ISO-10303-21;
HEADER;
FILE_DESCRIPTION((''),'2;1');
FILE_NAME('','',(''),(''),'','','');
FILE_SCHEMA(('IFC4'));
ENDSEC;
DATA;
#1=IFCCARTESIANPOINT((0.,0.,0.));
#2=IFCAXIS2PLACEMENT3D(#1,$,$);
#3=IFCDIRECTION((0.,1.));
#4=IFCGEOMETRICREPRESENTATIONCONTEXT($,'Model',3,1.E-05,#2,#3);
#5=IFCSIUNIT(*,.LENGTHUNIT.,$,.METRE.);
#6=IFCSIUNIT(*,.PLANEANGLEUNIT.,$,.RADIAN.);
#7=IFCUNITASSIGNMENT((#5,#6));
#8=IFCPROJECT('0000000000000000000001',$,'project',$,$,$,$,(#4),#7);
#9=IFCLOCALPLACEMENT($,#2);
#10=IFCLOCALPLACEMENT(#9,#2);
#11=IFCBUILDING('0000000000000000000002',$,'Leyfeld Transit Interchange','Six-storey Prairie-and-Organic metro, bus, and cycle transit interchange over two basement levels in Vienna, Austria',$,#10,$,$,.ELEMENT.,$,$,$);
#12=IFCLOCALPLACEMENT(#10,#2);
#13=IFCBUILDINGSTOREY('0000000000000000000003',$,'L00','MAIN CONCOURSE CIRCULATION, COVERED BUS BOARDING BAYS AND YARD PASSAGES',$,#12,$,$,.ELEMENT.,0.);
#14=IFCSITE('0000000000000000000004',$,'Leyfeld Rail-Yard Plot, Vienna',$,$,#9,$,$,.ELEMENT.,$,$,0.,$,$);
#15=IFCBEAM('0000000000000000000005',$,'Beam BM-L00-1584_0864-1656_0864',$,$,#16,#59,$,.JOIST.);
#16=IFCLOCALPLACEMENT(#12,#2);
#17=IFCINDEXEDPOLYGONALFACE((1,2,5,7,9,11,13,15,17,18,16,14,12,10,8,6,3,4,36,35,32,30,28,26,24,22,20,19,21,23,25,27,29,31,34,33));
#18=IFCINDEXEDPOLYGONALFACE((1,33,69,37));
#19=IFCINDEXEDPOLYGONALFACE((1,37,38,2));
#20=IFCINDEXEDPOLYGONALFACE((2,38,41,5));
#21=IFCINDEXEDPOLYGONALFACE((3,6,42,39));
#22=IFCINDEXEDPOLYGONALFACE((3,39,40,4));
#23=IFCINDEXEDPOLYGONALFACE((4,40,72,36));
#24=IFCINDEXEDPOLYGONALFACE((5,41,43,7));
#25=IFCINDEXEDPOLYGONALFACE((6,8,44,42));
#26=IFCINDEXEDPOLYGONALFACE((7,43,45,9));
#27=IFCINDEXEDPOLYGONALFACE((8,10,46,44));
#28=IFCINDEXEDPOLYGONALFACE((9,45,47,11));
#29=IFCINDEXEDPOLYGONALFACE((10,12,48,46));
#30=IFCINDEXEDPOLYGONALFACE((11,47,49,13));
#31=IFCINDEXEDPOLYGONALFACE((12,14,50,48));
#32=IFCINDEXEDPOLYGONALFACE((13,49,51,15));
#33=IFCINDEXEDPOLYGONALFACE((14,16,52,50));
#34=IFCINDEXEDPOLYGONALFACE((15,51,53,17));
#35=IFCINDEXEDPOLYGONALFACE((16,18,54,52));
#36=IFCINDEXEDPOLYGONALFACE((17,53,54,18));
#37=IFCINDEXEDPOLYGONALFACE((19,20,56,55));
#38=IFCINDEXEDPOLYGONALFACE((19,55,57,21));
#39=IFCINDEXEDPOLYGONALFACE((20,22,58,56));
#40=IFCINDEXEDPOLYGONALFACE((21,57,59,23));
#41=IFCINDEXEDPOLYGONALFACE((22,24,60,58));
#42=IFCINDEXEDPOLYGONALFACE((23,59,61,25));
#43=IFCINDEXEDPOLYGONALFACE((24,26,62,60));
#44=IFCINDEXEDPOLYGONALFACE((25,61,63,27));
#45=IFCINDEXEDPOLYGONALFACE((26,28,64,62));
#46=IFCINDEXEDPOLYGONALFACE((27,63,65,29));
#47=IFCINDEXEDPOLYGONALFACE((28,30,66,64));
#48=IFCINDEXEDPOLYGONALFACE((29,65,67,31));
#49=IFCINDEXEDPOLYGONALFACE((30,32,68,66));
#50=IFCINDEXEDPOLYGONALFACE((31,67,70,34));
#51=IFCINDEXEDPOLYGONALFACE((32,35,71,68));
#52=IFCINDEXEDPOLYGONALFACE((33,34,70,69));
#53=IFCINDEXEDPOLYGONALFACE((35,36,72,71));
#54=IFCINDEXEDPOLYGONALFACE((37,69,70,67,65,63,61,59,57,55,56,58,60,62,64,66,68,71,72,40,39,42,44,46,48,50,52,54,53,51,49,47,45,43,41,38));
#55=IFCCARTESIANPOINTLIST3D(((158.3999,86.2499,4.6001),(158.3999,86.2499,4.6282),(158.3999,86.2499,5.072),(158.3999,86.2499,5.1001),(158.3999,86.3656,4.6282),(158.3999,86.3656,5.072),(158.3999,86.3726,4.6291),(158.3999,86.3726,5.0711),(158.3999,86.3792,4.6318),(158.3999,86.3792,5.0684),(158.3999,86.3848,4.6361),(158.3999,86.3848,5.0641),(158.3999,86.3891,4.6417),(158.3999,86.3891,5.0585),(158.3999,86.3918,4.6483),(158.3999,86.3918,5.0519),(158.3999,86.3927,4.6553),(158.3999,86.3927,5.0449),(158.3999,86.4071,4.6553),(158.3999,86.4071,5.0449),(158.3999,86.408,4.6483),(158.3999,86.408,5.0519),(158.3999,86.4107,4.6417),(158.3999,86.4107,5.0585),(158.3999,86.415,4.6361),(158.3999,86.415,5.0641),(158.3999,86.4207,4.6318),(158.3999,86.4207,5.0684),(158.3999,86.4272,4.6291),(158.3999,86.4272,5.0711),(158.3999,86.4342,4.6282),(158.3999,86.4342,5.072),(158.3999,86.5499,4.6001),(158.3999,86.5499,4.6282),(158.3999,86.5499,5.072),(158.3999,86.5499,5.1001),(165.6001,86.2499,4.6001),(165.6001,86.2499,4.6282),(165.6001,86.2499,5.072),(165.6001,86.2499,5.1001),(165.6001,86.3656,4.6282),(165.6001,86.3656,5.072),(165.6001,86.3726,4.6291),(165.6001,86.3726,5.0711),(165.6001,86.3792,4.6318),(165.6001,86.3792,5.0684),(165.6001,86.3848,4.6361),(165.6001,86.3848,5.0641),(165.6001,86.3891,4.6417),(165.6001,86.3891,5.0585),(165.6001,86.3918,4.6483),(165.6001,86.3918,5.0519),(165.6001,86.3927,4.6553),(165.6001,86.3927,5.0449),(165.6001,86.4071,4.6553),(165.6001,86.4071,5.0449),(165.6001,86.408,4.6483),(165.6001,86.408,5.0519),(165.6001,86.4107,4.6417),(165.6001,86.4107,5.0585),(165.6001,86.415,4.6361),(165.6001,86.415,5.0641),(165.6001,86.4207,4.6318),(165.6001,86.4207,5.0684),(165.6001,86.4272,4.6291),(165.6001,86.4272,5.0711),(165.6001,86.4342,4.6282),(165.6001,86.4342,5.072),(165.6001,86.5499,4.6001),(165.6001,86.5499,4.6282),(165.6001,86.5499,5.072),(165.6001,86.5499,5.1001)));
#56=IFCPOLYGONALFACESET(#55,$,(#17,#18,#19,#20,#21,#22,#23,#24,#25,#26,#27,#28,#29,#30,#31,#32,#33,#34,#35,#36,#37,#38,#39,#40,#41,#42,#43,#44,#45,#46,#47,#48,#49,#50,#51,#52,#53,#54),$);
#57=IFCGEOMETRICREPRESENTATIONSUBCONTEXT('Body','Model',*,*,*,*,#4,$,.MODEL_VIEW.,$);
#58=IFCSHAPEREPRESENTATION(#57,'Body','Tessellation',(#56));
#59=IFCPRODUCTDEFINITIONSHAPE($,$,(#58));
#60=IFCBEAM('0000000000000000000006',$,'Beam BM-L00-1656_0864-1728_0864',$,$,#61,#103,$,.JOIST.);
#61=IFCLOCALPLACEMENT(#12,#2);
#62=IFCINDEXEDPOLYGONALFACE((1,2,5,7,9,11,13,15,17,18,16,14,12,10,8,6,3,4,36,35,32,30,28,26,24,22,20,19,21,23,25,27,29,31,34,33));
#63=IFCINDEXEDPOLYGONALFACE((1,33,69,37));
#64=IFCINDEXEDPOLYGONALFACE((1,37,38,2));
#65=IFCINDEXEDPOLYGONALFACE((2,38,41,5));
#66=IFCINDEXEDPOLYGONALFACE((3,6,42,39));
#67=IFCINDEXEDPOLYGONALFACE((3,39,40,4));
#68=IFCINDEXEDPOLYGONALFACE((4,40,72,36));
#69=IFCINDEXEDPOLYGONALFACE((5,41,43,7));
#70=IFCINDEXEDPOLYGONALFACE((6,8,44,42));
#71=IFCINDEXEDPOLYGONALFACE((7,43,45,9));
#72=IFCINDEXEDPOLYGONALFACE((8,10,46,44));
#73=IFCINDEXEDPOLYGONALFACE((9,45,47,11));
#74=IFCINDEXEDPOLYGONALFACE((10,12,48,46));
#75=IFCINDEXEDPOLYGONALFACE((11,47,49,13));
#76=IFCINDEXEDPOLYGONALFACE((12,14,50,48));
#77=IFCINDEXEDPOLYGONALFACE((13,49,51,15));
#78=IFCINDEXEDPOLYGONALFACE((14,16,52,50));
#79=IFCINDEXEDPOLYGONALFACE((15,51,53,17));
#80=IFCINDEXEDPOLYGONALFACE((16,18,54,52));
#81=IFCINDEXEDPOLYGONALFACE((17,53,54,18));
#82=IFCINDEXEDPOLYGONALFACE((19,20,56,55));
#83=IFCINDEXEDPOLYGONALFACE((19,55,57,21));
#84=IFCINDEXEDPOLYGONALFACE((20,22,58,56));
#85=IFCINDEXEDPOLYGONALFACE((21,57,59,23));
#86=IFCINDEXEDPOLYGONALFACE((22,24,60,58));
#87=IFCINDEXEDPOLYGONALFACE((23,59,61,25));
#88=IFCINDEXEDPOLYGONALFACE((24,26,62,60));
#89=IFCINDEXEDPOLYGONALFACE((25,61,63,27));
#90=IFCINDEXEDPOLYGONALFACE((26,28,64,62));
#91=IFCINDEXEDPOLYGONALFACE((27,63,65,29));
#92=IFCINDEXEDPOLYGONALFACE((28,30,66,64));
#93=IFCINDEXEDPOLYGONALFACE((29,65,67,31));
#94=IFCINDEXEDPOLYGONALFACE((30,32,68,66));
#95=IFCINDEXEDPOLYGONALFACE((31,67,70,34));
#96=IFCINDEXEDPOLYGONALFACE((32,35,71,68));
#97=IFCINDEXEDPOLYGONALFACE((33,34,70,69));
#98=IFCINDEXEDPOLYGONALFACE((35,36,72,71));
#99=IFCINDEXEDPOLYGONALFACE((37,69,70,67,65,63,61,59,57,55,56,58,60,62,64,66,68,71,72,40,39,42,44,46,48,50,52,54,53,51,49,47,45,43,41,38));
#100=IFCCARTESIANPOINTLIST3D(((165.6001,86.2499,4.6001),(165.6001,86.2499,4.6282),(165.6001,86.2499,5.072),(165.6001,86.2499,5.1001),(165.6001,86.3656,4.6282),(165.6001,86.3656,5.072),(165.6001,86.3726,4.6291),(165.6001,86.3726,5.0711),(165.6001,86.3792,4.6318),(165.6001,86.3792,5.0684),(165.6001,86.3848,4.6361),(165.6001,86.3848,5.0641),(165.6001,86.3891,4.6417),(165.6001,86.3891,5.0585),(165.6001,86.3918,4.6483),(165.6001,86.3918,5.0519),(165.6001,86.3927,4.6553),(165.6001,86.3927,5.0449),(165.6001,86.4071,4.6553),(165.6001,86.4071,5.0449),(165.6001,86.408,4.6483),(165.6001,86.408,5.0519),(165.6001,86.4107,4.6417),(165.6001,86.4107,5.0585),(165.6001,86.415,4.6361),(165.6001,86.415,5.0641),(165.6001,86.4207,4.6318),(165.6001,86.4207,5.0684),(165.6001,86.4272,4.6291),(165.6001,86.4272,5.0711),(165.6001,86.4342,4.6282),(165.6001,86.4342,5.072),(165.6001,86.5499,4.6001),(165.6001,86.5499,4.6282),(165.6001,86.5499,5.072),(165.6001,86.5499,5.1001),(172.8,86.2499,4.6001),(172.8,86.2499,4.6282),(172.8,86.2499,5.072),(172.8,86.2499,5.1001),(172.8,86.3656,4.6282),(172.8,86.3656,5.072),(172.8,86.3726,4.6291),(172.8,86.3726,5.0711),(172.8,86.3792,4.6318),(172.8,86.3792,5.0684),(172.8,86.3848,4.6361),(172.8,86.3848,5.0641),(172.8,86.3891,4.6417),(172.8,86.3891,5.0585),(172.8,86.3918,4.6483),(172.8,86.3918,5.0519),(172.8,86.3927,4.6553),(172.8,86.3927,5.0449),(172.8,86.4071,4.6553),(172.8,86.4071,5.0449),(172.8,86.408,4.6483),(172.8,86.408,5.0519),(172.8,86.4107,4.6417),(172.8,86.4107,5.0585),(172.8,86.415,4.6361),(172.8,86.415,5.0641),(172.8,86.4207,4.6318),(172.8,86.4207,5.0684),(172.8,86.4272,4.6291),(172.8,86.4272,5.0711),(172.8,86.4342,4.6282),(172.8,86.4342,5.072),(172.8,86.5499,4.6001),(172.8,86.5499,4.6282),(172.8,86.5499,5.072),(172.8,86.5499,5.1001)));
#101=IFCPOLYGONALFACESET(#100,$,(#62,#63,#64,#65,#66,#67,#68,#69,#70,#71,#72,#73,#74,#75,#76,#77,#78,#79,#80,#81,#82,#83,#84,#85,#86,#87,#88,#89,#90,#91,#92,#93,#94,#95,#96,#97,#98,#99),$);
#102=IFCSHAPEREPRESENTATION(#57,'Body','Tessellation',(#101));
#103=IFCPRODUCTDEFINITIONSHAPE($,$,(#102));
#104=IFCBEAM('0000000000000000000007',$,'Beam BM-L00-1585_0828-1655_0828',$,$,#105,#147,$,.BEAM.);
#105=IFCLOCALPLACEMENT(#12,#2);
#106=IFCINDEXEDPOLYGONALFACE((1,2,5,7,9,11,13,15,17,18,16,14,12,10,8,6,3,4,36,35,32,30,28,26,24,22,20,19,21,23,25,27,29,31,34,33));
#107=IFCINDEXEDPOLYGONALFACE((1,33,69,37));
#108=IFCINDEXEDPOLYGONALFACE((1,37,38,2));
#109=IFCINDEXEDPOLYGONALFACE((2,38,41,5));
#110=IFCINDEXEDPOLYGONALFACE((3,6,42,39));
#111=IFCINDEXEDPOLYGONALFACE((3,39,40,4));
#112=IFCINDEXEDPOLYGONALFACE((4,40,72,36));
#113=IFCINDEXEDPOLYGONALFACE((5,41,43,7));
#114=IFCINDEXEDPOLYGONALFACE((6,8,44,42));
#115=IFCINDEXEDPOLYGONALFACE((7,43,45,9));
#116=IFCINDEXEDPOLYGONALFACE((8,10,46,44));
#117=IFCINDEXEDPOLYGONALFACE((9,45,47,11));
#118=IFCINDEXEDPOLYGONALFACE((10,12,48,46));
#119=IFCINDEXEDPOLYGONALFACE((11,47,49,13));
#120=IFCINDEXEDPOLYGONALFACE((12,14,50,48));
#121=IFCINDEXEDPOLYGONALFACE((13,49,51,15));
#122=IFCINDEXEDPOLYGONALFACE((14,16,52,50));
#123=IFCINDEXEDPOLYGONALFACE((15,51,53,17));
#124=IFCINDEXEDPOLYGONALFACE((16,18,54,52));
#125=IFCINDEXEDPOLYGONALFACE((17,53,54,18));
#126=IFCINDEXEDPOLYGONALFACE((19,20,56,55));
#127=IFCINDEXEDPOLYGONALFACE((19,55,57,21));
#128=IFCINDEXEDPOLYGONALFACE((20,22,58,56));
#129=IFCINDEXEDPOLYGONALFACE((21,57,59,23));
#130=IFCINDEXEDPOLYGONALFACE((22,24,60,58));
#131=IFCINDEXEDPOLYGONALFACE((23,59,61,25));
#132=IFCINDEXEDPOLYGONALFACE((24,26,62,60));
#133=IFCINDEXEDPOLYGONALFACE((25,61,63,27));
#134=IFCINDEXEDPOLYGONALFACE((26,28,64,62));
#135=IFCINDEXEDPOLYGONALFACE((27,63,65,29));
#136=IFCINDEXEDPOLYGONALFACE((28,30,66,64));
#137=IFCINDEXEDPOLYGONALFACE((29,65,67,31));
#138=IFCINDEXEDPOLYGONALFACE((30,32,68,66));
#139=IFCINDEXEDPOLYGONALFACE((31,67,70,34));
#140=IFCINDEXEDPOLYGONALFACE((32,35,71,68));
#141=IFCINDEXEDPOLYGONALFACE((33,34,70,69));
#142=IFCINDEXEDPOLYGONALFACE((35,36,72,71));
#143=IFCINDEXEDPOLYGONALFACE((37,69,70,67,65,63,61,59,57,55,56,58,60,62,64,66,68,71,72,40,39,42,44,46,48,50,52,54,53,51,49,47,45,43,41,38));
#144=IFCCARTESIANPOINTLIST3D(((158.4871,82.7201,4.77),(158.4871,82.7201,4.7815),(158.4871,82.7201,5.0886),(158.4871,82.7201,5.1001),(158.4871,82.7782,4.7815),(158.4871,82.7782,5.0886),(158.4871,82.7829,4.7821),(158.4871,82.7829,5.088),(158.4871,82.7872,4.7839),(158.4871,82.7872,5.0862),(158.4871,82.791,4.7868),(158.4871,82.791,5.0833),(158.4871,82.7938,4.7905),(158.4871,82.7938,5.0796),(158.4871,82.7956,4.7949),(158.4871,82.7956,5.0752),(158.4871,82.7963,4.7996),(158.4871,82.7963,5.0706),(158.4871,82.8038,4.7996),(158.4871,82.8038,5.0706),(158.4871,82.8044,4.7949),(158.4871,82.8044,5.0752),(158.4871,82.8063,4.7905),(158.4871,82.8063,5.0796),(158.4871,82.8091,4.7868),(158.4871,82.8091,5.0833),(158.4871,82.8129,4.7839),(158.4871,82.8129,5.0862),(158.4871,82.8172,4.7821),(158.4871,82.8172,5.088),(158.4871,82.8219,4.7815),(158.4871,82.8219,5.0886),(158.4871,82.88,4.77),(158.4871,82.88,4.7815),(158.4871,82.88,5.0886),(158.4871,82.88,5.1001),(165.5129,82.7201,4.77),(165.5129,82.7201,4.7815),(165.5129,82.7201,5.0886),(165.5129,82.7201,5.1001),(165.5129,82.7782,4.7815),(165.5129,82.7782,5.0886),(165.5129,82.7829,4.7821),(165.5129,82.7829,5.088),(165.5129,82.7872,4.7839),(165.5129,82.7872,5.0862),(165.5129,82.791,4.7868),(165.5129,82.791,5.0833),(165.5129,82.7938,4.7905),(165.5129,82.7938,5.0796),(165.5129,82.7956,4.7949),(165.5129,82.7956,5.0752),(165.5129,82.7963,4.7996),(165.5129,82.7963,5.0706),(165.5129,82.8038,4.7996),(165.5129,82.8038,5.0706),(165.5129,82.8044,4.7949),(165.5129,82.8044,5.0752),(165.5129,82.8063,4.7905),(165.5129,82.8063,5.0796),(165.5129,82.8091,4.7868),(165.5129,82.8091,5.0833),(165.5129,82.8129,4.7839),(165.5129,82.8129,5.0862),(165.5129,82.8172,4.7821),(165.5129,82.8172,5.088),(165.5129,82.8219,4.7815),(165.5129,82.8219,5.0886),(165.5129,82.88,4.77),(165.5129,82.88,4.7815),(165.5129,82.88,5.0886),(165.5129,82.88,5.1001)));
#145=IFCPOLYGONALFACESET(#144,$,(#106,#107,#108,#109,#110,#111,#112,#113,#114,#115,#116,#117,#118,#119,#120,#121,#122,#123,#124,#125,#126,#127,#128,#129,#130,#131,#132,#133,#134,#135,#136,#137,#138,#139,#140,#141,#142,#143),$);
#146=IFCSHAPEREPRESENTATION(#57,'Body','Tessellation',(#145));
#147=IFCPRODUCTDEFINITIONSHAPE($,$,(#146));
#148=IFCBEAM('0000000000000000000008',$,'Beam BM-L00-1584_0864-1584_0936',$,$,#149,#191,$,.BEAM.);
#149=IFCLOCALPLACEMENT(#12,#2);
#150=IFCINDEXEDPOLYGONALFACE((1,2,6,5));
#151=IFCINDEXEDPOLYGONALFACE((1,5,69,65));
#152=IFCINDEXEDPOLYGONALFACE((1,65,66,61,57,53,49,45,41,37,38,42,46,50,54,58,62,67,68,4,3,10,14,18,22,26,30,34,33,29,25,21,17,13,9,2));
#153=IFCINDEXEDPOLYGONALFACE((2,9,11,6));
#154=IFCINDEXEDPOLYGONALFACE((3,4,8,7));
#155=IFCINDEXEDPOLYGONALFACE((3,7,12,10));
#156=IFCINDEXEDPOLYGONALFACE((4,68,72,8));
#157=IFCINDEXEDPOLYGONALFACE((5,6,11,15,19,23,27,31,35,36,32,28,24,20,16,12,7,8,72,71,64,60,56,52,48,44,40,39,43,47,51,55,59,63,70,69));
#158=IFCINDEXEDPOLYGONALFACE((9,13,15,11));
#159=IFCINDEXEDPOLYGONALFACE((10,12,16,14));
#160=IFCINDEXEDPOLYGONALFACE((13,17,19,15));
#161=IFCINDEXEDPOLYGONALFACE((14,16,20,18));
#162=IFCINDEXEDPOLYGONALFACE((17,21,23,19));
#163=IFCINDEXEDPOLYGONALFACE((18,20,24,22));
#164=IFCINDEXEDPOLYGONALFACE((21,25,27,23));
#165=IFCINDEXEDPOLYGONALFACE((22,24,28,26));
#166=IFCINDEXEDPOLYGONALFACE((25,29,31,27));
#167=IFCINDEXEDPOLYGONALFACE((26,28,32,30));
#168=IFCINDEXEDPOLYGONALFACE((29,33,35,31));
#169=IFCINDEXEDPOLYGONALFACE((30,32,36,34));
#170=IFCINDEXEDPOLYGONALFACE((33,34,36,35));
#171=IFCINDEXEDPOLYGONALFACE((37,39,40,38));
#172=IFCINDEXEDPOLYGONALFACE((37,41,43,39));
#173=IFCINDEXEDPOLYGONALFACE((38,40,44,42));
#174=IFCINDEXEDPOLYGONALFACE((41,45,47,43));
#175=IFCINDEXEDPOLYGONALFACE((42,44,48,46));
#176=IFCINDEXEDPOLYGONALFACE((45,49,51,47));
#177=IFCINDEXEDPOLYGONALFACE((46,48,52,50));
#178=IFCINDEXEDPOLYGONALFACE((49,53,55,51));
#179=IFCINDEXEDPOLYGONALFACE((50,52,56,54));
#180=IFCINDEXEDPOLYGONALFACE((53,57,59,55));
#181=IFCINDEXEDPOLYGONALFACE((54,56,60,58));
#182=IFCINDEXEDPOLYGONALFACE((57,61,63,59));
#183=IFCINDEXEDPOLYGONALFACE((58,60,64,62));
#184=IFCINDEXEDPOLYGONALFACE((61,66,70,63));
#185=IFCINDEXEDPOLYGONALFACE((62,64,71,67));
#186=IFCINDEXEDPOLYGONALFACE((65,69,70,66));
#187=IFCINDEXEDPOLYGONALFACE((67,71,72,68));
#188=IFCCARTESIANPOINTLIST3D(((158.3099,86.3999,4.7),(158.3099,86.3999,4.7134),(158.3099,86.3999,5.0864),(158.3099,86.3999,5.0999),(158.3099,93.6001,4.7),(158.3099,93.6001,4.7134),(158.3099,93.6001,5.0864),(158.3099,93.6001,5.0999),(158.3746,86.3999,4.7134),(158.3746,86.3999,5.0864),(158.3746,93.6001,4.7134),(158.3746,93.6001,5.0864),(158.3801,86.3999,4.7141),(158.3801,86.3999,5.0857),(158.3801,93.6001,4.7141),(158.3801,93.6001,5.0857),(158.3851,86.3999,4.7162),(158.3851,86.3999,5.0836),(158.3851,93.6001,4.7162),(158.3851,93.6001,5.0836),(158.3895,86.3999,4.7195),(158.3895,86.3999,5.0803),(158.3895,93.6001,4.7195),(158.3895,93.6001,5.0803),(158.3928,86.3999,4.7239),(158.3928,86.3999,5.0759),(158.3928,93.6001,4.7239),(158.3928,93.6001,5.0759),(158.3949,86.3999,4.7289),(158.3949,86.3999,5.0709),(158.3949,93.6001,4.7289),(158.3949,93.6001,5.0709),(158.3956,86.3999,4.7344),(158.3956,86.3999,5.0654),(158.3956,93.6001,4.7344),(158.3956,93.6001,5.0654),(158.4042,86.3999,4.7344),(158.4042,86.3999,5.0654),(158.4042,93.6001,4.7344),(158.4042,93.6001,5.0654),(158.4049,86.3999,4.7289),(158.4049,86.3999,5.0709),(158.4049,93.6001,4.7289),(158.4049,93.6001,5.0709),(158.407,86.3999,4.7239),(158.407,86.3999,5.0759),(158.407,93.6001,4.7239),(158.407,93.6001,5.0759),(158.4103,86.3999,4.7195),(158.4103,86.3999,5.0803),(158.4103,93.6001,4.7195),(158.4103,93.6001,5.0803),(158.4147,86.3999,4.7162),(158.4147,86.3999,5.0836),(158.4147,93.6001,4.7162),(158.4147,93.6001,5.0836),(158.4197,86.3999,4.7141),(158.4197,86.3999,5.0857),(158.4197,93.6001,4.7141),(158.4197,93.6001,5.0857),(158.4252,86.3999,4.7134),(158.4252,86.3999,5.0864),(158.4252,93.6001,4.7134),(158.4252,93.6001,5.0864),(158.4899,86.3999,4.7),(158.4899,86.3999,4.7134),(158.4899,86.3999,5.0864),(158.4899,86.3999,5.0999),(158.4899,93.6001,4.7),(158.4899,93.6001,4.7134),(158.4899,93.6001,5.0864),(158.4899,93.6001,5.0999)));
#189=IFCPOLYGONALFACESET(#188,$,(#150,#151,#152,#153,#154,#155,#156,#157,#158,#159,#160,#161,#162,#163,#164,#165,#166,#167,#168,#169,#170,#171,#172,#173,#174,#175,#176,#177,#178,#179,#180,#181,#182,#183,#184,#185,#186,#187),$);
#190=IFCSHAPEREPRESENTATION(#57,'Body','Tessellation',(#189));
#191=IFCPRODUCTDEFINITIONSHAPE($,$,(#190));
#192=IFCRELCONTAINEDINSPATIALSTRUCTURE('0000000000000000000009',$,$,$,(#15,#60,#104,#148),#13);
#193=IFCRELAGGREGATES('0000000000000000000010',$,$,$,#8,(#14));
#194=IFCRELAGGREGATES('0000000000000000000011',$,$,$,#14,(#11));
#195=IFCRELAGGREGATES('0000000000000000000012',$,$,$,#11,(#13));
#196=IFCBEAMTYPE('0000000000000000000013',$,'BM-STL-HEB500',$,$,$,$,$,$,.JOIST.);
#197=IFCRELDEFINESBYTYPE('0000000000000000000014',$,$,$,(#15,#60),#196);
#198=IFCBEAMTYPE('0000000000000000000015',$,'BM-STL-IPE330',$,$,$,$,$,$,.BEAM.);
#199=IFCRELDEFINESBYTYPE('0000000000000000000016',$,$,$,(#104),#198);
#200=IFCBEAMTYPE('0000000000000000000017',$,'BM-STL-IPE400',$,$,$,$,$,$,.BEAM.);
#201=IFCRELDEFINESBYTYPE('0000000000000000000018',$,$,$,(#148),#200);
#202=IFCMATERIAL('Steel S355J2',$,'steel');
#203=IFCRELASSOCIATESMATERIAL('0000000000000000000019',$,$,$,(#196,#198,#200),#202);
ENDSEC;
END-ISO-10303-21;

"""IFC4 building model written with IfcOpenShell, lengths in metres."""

from ifc_helpers import new_model, si_unit, direction, frame, origin, origin_2d, place, context, subcontext, project, spatial, i_section, extrude, material, material_profile, profile_set, type_object, element, save


model = new_model("IFC4")

# Units and contexts
model_context = context("Model", 3, precision=1e-05, world=origin(), true_north=direction((0.0, 1.0)))
body_context = subcontext(model_context, "Body", "Model", "MODEL_VIEW")
ifc_project = project(units=[si_unit("LENGTHUNIT", "METRE"), si_unit("PLANEANGLEUNIT", "RADIAN")], contexts=[model_context])

# Site, building, storey
site_placement = place(None, origin())
site = spatial("IfcSite", under=ifc_project, at=site_placement, Name="Leyfeld Rail-Yard Plot, Vienna", CompositionType="ELEMENT", RefElevation=0.0)
building_placement = place(site_placement, origin())
building = spatial("IfcBuilding", under=site, at=building_placement, Name="Leyfeld Transit Interchange", Description="Six-storey Prairie-and-Organic metro, bus, and cycle transit interchange over two basement levels in Vienna, Austria", CompositionType="ELEMENT")
storey_placement = place(building_placement, origin())
storey = spatial("IfcBuildingStorey", under=building, at=storey_placement, Name="L00", Description="MAIN CONCOURSE CIRCULATION, COVERED BUS BOARDING BAYS AND YARD PASSAGES", CompositionType="ELEMENT", Elevation=0.0)

# Beams
ifc_material_1 = material(Name="Steel S355J2", Category="steel")
ifc_material_profile_1 = material_profile(ifc_material_1, i_section(OverallWidth=0.3, OverallDepth=0.5, WebThickness=0.0144, FlangeThickness=0.0281, FilletRadius=0.0271, at=origin_2d()), Name="HEB 500")
ifc_profile_set_1 = profile_set([ifc_material_profile_1], Name="Steel S355J2")
beam_type_1 = type_object("IfcBeamType", Name="BM-STL-HEB500", PredefinedType="JOIST", material=ifc_profile_set_1)
beam_1_placement = place(storey_placement, frame((158.3999, 86.3999, 4.8501), z_axis=(1.0, 0.0, 0.0), x_axis=(0.0, 1.0, 0.0)))
element("IfcBeam", 1, at=beam_1_placement, inside=storey, type_object=beam_type_1, Name="Beam BM-L00-1584_0864-1656_0864", PredefinedType="JOIST", context=body_context, shape_type="SweptSolid", body=[
    extrude(i_section(OverallWidth=0.3, OverallDepth=0.5, WebThickness=0.0144, FlangeThickness=0.0281, FilletRadius=0.0271, at=origin_2d()), origin(), (0.0, 0.0, 1.0), 7.2002),
])
beam_2_placement = place(storey_placement, frame((165.6001, 86.3999, 4.8501), z_axis=(1.0, 0.0, 0.0), x_axis=(0.0, 1.0, 0.0)))
element("IfcBeam", 2, at=beam_2_placement, inside=storey, type_object=beam_type_1, Name="Beam BM-L00-1656_0864-1728_0864", PredefinedType="JOIST", context=body_context, shape_type="SweptSolid", body=[
    extrude(i_section(OverallWidth=0.3, OverallDepth=0.5, WebThickness=0.0144, FlangeThickness=0.0281, FilletRadius=0.0271, at=origin_2d()), origin(), (0.0, 0.0, 1.0), 7.2),
])
ifc_material_profile_2 = material_profile(ifc_material_1, i_section(OverallWidth=0.1599, OverallDepth=0.3301, WebThickness=0.0076, FlangeThickness=0.0115, FilletRadius=0.0181, at=origin_2d()), Name="IPE 330")
ifc_profile_set_2 = profile_set([ifc_material_profile_2], Name="Steel S355J2")
beam_type_2 = type_object("IfcBeamType", Name="BM-STL-IPE330", PredefinedType="BEAM", material=ifc_profile_set_2)
beam_3_placement = place(storey_placement, frame((158.4871, 82.8, 4.9351), z_axis=(1.0, 0.0, 0.0), x_axis=(0.0, 1.0, 0.0)))
element("IfcBeam", 3, at=beam_3_placement, inside=storey, type_object=beam_type_2, Name="Beam BM-L00-1585_0828-1655_0828", PredefinedType="BEAM", context=body_context, shape_type="SweptSolid", body=[
    extrude(i_section(OverallWidth=0.1599, OverallDepth=0.3301, WebThickness=0.0076, FlangeThickness=0.0115, FilletRadius=0.0181, at=origin_2d()), origin(), (0.0, 0.0, 1.0), 7.0259),
])
ifc_material_profile_3 = material_profile(ifc_material_1, i_section(OverallWidth=0.1799, OverallDepth=0.3999, WebThickness=0.0085, FlangeThickness=0.0134, FilletRadius=0.021, at=origin_2d()), Name="IPE 400")
ifc_profile_set_3 = profile_set([ifc_material_profile_3], Name="Steel S355J2")
beam_type_3 = type_object("IfcBeamType", Name="BM-STL-IPE400", PredefinedType="BEAM", material=ifc_profile_set_3)
for number, where, z_axis, x_axis, name in (
    (4, (158.3999, 86.3999, 4.8999), (0.0, 1.0, 0.0), (-1.0, 0.0, 0.0), "Beam BM-L00-1584_0864-1584_0936"),
):
    element("IfcBeam", number, at=place(storey_placement, frame(where, z_axis=z_axis, x_axis=x_axis)), inside=storey, type_object=beam_type_3, Name=name, PredefinedType="BEAM", context=body_context, shape_type="SweptSolid", body=[
        extrude(i_section(OverallWidth=0.1799, OverallDepth=0.3999, WebThickness=0.0085, FlangeThickness=0.0134, FilletRadius=0.021, at=origin_2d()), origin(), (0.0, 0.0, 1.0), 7.2002),
    ])

save(model, "model.ifc")
